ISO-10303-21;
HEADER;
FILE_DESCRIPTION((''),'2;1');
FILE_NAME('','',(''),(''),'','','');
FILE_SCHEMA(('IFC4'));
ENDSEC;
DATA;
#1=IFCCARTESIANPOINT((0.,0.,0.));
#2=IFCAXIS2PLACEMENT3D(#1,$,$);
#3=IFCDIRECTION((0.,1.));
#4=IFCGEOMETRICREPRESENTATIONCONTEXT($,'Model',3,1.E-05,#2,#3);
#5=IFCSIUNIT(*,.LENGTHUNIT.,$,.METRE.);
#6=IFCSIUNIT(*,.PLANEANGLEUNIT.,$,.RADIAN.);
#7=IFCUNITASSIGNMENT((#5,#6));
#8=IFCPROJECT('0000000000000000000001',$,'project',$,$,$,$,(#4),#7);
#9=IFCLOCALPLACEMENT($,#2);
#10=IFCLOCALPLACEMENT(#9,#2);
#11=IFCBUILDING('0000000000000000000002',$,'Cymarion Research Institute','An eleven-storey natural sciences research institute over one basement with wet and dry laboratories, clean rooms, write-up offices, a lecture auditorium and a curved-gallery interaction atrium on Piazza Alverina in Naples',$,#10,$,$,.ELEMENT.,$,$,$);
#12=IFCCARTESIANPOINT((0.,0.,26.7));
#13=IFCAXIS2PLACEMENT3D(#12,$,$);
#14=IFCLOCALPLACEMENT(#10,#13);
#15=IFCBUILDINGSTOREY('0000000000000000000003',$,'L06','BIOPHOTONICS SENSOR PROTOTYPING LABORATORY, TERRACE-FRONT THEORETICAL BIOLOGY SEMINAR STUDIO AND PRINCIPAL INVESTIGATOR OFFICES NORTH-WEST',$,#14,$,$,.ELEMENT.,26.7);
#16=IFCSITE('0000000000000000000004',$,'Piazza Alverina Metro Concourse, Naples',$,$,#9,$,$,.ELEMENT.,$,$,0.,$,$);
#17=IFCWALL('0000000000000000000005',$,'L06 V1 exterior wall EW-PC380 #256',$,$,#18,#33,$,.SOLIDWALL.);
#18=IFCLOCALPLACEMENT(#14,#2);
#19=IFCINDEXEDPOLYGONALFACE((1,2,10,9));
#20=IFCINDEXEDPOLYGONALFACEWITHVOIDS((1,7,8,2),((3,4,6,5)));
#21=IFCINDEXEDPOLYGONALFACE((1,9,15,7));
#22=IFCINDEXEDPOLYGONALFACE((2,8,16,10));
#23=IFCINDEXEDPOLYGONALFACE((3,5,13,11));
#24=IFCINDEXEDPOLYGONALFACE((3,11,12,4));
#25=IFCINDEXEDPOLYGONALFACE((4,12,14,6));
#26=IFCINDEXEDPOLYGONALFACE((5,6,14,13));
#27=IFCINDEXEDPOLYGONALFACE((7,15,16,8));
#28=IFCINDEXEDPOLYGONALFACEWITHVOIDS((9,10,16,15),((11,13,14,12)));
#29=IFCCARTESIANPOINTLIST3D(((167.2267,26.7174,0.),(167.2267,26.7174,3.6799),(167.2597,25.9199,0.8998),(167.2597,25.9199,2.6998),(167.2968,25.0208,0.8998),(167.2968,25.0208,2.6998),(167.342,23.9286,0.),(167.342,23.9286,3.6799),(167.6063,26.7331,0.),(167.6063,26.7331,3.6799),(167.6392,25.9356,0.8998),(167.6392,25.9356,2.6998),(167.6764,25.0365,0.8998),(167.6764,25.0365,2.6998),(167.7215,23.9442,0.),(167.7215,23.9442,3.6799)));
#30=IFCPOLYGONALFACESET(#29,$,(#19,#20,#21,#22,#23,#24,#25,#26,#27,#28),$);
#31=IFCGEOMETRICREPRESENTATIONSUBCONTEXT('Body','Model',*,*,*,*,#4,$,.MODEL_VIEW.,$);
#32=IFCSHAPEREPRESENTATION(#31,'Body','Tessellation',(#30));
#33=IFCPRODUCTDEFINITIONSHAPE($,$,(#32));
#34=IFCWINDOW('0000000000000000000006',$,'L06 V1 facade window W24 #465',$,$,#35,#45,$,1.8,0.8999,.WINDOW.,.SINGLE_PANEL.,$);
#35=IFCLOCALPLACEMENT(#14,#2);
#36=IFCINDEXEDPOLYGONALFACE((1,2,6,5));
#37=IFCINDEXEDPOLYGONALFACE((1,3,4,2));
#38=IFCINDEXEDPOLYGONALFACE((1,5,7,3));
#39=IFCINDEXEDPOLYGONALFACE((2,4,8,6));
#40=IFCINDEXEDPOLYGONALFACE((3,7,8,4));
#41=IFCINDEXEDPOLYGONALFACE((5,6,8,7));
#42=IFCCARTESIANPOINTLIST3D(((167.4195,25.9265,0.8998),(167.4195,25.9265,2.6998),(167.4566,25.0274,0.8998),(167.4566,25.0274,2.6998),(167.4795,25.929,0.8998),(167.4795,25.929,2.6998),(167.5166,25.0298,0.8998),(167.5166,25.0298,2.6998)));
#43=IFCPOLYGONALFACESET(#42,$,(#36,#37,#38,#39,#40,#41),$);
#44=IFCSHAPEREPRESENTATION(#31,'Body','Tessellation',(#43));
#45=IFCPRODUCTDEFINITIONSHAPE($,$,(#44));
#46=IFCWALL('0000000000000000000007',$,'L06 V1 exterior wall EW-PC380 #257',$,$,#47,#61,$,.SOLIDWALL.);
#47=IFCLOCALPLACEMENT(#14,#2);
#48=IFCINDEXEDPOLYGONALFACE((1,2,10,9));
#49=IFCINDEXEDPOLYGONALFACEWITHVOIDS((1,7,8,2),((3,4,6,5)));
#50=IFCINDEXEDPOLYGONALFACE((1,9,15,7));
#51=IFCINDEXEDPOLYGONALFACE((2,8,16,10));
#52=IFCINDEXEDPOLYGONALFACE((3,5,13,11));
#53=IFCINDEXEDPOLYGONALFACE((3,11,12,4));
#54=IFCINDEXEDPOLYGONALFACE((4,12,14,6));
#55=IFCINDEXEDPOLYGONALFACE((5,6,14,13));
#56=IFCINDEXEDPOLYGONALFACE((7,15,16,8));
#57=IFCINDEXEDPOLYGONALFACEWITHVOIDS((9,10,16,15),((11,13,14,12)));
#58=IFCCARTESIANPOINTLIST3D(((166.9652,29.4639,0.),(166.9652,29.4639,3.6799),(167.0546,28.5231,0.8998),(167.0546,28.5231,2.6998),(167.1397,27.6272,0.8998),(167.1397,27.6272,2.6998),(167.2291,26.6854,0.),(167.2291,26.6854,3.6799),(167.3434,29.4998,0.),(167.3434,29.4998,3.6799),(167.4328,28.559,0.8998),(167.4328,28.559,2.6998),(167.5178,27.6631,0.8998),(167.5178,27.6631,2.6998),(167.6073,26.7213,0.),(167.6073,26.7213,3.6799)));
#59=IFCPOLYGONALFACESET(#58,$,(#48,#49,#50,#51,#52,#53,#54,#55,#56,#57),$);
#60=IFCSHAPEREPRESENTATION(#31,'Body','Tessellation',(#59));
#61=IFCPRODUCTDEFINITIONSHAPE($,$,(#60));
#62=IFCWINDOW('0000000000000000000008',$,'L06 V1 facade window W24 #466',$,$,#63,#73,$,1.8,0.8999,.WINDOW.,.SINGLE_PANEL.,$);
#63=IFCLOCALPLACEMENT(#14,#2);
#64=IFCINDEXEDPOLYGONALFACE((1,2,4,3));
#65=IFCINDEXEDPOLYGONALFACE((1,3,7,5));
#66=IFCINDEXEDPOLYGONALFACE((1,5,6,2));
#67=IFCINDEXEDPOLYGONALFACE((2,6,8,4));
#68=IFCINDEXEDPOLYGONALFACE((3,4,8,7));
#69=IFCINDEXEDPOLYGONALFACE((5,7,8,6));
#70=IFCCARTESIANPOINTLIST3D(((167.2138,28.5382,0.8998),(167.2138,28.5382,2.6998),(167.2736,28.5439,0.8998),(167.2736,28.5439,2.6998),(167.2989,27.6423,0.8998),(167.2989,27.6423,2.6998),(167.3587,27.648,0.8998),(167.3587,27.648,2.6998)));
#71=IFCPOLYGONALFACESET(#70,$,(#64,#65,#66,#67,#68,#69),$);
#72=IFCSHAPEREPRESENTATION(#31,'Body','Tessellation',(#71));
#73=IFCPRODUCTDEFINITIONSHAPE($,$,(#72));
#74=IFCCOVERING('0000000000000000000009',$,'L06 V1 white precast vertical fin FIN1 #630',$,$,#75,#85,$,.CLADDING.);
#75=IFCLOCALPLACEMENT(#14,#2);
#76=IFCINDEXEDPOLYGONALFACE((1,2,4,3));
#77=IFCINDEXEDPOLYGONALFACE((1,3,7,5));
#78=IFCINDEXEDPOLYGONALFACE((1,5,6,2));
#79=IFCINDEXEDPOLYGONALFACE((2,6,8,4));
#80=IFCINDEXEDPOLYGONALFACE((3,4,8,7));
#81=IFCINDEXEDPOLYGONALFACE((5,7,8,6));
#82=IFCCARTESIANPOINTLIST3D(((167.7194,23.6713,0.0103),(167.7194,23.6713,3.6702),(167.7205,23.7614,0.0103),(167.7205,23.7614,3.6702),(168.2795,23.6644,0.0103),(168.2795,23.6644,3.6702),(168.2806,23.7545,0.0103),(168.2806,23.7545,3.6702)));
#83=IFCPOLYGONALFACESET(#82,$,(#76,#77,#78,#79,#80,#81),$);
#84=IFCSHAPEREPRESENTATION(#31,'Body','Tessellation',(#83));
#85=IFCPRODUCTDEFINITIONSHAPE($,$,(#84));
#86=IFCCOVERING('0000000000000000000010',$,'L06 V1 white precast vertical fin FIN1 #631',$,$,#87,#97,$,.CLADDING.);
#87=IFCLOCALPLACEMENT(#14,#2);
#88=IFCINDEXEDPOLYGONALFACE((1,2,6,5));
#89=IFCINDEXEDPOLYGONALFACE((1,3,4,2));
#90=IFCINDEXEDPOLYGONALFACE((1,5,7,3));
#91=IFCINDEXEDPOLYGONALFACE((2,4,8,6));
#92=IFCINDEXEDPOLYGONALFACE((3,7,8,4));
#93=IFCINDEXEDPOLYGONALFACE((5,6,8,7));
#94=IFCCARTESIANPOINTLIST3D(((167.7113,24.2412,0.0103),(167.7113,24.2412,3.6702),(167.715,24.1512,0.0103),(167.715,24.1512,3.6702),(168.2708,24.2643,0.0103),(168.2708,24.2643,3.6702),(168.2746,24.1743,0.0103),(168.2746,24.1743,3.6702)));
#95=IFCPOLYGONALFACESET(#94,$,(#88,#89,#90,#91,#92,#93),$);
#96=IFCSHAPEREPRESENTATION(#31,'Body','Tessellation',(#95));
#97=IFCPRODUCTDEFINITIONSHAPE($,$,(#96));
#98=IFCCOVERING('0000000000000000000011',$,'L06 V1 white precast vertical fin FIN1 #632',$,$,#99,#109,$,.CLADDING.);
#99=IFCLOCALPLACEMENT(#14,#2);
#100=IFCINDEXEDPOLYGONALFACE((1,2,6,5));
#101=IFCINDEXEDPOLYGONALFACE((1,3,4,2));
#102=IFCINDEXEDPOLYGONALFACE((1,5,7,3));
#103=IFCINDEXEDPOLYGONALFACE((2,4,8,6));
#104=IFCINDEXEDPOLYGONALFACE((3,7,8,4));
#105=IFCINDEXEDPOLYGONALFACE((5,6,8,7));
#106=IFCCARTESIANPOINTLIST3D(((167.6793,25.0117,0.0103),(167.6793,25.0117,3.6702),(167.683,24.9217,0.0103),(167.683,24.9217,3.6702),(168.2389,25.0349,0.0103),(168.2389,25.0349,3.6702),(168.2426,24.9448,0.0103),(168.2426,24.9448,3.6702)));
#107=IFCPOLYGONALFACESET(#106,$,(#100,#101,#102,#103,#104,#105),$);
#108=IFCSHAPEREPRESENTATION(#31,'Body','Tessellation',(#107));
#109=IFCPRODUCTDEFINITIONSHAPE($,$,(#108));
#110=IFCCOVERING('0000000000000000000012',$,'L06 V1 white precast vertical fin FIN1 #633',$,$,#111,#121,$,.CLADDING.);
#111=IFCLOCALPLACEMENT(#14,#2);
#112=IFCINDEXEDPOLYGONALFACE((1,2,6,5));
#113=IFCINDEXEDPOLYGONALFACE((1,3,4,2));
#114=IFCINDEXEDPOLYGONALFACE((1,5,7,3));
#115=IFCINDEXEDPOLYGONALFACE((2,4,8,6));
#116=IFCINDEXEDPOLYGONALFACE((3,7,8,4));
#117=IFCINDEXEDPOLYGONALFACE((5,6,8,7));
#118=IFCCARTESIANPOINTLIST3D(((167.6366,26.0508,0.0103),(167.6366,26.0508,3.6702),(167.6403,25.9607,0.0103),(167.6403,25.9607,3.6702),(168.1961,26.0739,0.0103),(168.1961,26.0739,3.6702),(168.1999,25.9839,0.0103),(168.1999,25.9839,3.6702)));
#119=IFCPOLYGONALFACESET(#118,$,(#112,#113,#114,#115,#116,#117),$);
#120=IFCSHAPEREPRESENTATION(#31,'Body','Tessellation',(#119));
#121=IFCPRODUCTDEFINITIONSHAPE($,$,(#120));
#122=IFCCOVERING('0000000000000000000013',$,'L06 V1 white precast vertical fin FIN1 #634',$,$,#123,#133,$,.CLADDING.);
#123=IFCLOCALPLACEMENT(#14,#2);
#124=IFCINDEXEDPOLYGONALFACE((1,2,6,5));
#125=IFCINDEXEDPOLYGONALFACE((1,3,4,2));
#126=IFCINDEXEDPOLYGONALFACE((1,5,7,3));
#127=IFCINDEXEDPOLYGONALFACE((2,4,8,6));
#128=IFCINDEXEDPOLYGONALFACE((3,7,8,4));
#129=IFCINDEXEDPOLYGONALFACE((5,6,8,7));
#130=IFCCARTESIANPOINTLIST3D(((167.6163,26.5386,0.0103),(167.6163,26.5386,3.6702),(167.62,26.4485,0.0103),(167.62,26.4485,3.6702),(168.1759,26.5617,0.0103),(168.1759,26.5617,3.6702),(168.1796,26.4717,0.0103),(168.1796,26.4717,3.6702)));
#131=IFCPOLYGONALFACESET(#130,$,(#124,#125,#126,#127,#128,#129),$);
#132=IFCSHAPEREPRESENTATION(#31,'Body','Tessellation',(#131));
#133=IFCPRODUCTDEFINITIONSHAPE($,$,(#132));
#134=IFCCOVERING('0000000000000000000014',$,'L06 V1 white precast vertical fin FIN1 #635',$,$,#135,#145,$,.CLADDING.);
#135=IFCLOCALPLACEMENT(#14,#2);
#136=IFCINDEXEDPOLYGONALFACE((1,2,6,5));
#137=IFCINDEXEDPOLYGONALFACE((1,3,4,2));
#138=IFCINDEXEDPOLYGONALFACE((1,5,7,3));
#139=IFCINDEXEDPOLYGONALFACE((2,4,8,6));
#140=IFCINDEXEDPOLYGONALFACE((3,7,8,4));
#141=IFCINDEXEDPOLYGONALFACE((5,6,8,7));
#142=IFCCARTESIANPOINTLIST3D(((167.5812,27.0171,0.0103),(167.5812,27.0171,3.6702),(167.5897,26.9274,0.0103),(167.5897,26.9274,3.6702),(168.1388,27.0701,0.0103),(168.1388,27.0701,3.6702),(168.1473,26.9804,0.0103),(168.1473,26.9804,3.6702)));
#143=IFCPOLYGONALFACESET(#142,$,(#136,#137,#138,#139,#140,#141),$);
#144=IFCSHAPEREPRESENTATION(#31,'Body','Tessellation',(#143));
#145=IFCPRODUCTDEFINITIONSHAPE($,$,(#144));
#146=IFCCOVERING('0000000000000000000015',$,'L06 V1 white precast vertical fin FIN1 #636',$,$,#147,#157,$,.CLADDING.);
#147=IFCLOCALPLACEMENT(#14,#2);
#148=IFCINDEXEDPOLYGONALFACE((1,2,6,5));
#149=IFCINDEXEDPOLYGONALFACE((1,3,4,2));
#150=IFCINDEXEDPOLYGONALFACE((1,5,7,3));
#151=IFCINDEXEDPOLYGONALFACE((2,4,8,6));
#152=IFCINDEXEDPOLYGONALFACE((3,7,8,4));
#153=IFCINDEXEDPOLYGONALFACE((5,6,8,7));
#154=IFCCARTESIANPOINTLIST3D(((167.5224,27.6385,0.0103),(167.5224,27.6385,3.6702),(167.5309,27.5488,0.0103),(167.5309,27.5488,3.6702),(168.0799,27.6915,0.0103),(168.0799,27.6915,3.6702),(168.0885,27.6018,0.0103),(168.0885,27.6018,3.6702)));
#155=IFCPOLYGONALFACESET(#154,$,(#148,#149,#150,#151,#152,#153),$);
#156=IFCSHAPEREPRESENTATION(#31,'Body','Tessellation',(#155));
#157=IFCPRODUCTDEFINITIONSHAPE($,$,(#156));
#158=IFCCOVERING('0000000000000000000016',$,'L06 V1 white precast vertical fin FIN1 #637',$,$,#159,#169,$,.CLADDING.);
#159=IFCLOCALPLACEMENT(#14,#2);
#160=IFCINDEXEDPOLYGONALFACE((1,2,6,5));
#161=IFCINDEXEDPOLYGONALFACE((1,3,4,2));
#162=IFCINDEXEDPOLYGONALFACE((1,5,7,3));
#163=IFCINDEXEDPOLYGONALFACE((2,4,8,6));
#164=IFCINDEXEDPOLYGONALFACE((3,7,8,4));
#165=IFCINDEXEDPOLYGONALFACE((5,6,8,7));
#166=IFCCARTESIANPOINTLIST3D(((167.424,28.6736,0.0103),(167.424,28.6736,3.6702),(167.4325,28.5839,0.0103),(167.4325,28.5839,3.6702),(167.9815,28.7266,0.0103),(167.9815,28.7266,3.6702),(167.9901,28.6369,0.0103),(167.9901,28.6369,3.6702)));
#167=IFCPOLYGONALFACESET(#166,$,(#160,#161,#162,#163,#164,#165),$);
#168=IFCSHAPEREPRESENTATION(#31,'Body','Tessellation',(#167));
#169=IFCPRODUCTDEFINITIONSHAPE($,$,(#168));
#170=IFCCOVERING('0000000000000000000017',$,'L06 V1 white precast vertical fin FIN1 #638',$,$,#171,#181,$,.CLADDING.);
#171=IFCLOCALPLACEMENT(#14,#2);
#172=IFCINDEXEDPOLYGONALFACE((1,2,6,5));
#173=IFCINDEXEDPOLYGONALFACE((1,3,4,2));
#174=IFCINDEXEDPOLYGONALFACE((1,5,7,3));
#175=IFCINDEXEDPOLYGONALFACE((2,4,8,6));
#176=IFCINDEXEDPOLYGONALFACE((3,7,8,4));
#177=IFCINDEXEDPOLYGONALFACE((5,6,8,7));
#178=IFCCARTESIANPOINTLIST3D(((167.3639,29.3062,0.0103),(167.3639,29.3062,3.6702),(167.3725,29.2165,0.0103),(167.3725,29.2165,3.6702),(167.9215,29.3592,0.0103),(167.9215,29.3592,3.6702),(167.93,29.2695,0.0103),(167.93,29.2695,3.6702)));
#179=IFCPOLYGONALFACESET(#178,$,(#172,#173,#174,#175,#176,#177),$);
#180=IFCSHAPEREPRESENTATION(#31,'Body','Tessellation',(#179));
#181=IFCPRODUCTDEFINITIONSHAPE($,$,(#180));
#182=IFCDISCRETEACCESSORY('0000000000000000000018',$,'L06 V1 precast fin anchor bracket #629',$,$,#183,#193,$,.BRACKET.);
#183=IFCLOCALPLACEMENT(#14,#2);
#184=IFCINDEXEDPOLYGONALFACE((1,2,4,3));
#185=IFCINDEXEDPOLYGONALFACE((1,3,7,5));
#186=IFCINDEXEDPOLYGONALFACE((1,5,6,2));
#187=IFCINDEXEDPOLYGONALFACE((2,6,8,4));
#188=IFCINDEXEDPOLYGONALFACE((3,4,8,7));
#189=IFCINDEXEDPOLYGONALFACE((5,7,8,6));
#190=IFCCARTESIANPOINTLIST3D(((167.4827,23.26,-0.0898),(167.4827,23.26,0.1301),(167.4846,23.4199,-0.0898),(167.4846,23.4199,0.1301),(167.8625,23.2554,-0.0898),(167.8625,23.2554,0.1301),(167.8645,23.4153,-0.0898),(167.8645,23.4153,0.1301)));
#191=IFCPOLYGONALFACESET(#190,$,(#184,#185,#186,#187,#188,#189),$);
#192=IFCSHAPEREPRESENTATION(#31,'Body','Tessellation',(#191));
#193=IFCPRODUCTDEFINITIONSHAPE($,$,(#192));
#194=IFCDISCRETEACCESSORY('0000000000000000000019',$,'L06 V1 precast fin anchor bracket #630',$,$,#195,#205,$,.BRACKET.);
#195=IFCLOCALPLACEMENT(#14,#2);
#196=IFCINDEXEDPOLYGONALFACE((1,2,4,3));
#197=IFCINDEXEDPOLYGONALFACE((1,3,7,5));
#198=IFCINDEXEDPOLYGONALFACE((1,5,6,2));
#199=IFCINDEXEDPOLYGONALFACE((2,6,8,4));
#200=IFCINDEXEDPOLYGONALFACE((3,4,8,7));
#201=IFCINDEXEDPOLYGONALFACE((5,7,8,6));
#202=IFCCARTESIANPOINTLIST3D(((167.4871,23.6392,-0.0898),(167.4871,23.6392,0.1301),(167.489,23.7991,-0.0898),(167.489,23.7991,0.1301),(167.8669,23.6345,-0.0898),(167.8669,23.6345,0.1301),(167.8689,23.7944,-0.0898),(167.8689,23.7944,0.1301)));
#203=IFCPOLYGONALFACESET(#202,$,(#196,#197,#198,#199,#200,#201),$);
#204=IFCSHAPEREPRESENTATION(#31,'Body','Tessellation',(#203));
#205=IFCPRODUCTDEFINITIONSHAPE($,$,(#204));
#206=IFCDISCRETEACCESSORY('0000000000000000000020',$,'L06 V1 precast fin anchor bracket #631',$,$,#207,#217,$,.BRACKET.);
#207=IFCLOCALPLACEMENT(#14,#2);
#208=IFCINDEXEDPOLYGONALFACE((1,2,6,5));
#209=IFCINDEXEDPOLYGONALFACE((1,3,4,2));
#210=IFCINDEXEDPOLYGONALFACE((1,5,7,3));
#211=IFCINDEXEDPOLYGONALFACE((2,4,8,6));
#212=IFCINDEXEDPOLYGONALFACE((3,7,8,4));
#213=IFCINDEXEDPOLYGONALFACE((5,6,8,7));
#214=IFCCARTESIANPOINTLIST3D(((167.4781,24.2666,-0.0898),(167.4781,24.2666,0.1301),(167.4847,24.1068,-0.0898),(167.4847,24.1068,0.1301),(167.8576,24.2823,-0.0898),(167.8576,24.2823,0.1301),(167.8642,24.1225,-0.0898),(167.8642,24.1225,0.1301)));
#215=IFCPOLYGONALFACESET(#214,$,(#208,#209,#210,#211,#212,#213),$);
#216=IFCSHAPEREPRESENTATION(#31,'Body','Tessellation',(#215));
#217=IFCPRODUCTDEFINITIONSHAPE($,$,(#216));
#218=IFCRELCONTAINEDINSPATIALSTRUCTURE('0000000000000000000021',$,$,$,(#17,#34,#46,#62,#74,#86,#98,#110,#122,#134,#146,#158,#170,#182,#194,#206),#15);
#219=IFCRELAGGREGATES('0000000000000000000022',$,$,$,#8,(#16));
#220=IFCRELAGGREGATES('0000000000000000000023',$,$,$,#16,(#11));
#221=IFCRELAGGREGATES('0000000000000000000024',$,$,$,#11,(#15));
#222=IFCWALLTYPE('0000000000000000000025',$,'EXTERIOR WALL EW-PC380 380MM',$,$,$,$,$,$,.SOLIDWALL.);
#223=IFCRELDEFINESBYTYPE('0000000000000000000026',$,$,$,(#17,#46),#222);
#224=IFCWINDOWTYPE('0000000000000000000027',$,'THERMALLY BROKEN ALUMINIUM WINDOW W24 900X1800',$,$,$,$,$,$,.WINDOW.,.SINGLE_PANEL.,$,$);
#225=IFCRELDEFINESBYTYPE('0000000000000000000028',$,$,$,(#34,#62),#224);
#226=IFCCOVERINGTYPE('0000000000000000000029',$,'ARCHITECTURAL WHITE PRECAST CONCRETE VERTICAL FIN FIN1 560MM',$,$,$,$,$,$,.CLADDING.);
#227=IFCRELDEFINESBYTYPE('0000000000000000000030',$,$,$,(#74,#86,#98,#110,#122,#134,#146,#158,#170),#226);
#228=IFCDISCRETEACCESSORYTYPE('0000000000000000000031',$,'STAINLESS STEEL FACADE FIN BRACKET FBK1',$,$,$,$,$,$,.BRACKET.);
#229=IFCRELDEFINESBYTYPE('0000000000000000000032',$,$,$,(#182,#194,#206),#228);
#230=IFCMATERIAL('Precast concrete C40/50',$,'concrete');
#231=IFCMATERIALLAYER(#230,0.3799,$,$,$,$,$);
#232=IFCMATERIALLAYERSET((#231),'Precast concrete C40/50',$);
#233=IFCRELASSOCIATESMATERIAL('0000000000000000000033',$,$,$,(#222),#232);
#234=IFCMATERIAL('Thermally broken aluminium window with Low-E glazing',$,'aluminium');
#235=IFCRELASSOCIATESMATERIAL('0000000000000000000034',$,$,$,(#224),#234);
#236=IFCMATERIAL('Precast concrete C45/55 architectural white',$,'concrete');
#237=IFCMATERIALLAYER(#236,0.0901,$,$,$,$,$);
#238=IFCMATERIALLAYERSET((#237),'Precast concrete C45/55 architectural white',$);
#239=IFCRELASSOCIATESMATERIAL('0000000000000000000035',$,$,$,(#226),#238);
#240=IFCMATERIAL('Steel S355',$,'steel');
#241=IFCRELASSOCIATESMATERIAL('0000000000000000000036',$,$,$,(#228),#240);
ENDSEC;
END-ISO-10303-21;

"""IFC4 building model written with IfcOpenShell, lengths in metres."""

from ifc_helpers import new_model, si_unit, direction, frame, frame_2d, origin, origin_2d, place, context, subcontext, project, spatial, rectangle, extrude, material, layer, layer_set, type_object, element, fill, save


model = new_model("IFC4")

# Units and contexts
model_context = context("Model", 3, precision=1e-05, world=origin(), true_north=direction((0.0, 1.0)))
body_context = subcontext(model_context, "Body", "Model", "MODEL_VIEW")
ifc_project = project(units=[si_unit("LENGTHUNIT", "METRE"), si_unit("PLANEANGLEUNIT", "RADIAN")], contexts=[model_context])

# Site, building, storey
site_placement = place(None, origin())
site = spatial("IfcSite", under=ifc_project, at=site_placement, Name="Piazza Alverina Metro Concourse, Naples", CompositionType="ELEMENT", RefElevation=0.0)
building_placement = place(site_placement, origin())
building = spatial("IfcBuilding", under=site, at=building_placement, Name="Cymarion Research Institute", Description="An eleven-storey natural sciences research institute over one basement with wet and dry laboratories, clean rooms, write-up offices, a lecture auditorium and a curved-gallery interaction atrium on Piazza Alverina in Naples", CompositionType="ELEMENT")
storey_placement = place(building_placement, frame((0.0, 0.0, 26.7)))
storey = spatial("IfcBuildingStorey", under=building, at=storey_placement, Name="L06", Description="BIOPHOTONICS SENSOR PROTOTYPING LABORATORY, TERRACE-FRONT THEORETICAL BIOLOGY SEMINAR STUDIO AND PRINCIPAL INVESTIGATOR OFFICES NORTH-WEST", CompositionType="ELEMENT", Elevation=26.7)

# Walls, openings, windows
ifc_material_1 = material(Name="Precast concrete C40/50", Category="concrete")
ifc_layer_1 = layer(ifc_material_1, 0.3799)
ifc_layer_set_1 = layer_set([ifc_layer_1], Name="Precast concrete C40/50")
wall_type = type_object("IfcWallType", Name="EXTERIOR WALL EW-PC380 380MM", PredefinedType="SOLIDWALL", material=ifc_layer_set_1)
wall_1_placement = place(storey_placement, frame((167.5317, 23.9365, 0.0), z_axis=(0.0, 0.0, 1.0), x_axis=(-0.041285, 0.999147, 0.0)))
wall_1 = element("IfcWall", 1, at=wall_1_placement, inside=storey, type_object=wall_type, Name="L06 V1 exterior wall EW-PC380 #256", PredefinedType="SOLIDWALL", context=body_context, shape_type="SweptSolid", body=[
    extrude(rectangle(XDim=2.7913, YDim=0.3799, at=frame_2d((1.3955, 0.0))), origin(), (0.0, 0.0, 1.0), 3.6799),
])
opening_1_placement = place(wall_1_placement, frame((1.093, 0.0, 0.8999)))
opening_1 = element("IfcOpeningElement", 2, at=opening_1_placement, cuts=wall_1, PredefinedType="OPENING", context=body_context, shape_type="SweptSolid", body=[
    extrude(rectangle(XDim=0.8999, YDim=1.8, at=frame_2d((0.45, 0.8999))), frame((0.0, 0.2, 0.0), z_axis=(0.0, -1.0, 0.0), x_axis=(1.0, 0.0, 0.0)), (0.0, 0.0, 1.0), 0.3999),
])
ifc_material_2 = material(Name="Thermally broken aluminium window with Low-E glazing", Category="aluminium")
window_type = type_object("IfcWindowType", Name="THERMALLY BROKEN ALUMINIUM WINDOW W24 900X1800", PartitioningType="SINGLE_PANEL", PredefinedType="WINDOW", material=ifc_material_2)
window_1_placement = place(opening_1_placement, origin())
window_1 = element("IfcWindow", 3, at=window_1_placement, inside=storey, type_object=window_type, Name="L06 V1 facade window W24 #465", OverallHeight=1.8, OverallWidth=0.8999, PartitioningType="SINGLE_PANEL", PredefinedType="WINDOW", context=body_context, shape_type="SweptSolid", body=[
    extrude(rectangle(XDim=0.8999, YDim=1.8, at=frame_2d((0.45, 0.8999))), frame((0.0, 0.03, 0.0), z_axis=(0.0, -1.0, 0.0), x_axis=(1.0, 0.0, 0.0)), (0.0, 0.0, 1.0), 0.0601),
])
fill(opening_1, window_1)
wall_2_placement = place(storey_placement, frame((167.4182, 26.7034, 0.0), z_axis=(0.0, 0.0, 1.0), x_axis=(-0.094557, 0.995519, 0.0)))
wall_2 = element("IfcWall", 4, at=wall_2_placement, inside=storey, type_object=wall_type, Name="L06 V1 exterior wall EW-PC380 #257", PredefinedType="SOLIDWALL", context=body_context, shape_type="SweptSolid", body=[
    extrude(rectangle(XDim=2.791, YDim=0.3799, at=frame_2d((1.3955, 0.0))), origin(), (0.0, 0.0, 1.0), 3.6799),
])
opening_2_placement = place(wall_2_placement, frame((0.946, 0.0, 0.8999)))
opening_2 = element("IfcOpeningElement", 5, at=opening_2_placement, cuts=wall_2, PredefinedType="OPENING", context=body_context, shape_type="SweptSolid", body=[
    extrude(rectangle(XDim=0.8999, YDim=1.8, at=frame_2d((0.45, 0.8999))), frame((0.0, 0.2, 0.0), z_axis=(0.0, -1.0, 0.0), x_axis=(1.0, 0.0, 0.0)), (0.0, 0.0, 1.0), 0.3999),
])
window_2_placement = place(opening_2_placement, origin())
window_2 = element("IfcWindow", 6, at=window_2_placement, inside=storey, type_object=window_type, Name="L06 V1 facade window W24 #466", OverallHeight=1.8, OverallWidth=0.8999, PartitioningType="SINGLE_PANEL", PredefinedType="WINDOW", context=body_context, shape_type="SweptSolid", body=[
    extrude(rectangle(XDim=0.8999, YDim=1.8, at=frame_2d((0.45, 0.8999))), frame((0.0, 0.03, 0.0), z_axis=(0.0, -1.0, 0.0), x_axis=(1.0, 0.0, 0.0)), (0.0, 0.0, 1.0), 0.0601),
])
fill(opening_2, window_2)

# Coverings
ifc_material_3 = material(Name="Precast concrete C45/55 architectural white", Category="concrete")
ifc_layer_2 = layer(ifc_material_3, 0.0901)
ifc_layer_set_2 = layer_set([ifc_layer_2], Name="Precast concrete C45/55 architectural white")
covering_type = type_object("IfcCoveringType", Name="ARCHITECTURAL WHITE PRECAST CONCRETE VERTICAL FIN FIN1 560MM", PredefinedType="CLADDING", material=ifc_layer_set_2)
for number, where, z_axis, x_axis, name in (
    (7, (168.0, 23.7129, 0.0103), (0.0, 0.0, 1.0), (0.999925, -0.012217, 0.0), "L06 V1 white precast vertical fin FIN1 #630"),
    (8, (167.9929, 24.2078, 0.0103), (0.0, 0.0, 1.0), (0.999145, 0.041353, 0.0), "L06 V1 white precast vertical fin FIN1 #631"),
    (9, (167.9609, 24.9783, 0.0103), (0.0, 0.0, 1.0), (0.999145, 0.041353, 0.0), "L06 V1 white precast vertical fin FIN1 #632"),
    (10, (167.9182, 26.0173, 0.0103), (0.0, 0.0, 1.0), (0.999145, 0.041353, 0.0), "L06 V1 white precast vertical fin FIN1 #633"),
    (11, (167.8979, 26.5051, 0.0103), (0.0, 0.0, 1.0), (0.999145, 0.041353, 0.0), "L06 V1 white precast vertical fin FIN1 #634"),
    (12, (167.8643, 26.9988, 0.0103), (0.0, 0.0, 1.0), (0.995513, 0.09463, 0.0), "L06 V1 white precast vertical fin FIN1 #635"),
    (13, (167.8054, 27.6201, 0.0103), (0.0, 0.0, 1.0), (0.995513, 0.09463, 0.0), "L06 V1 white precast vertical fin FIN1 #636"),
    (14, (167.707, 28.6553, 0.0103), (0.0, 0.0, 1.0), (0.995513, 0.09463, 0.0), "L06 V1 white precast vertical fin FIN1 #637"),
    (15, (167.647, 29.2878, 0.0103), (0.0, 0.0, 1.0), (0.995513, 0.09463, 0.0), "L06 V1 white precast vertical fin FIN1 #638"),
):
    element("IfcCovering", number, at=place(storey_placement, frame(where, z_axis=z_axis, x_axis=x_axis)), inside=storey, type_object=covering_type, Name=name, PredefinedType="CLADDING", context=body_context, shape_type="SweptSolid", body=[
        extrude(rectangle(XDim=0.5601, YDim=0.0901, at=origin_2d()), origin(), (0.0, 0.0, 1.0), 3.6599),
    ])

# Discrete accessories
ifc_material_4 = material(Name="Steel S355", Category="steel")
discrete_accessory_type = type_object("IfcDiscreteAccessoryType", Name="STAINLESS STEEL FACADE FIN BRACKET FBK1", PredefinedType="BRACKET", material=ifc_material_4)
for number, where, z_axis, x_axis, name in (
    (16, (167.6736, 23.3376, -0.0898), (0.0, 0.0, 1.0), (0.999925, -0.012217, 0.0), "L06 V1 precast fin anchor bracket #629"),
    (17, (167.678, 23.7168, -0.0898), (0.0, 0.0, 1.0), (0.999925, -0.012217, 0.0), "L06 V1 precast fin anchor bracket #630"),
    (18, (167.6711, 24.1946, -0.0898), (0.0, 0.0, 1.0), (0.999145, 0.041353, 0.0), "L06 V1 precast fin anchor bracket #631"),
):
    element("IfcDiscreteAccessory", number, at=place(storey_placement, frame(where, z_axis=z_axis, x_axis=x_axis)), inside=storey, type_object=discrete_accessory_type, Name=name, PredefinedType="BRACKET", context=body_context, shape_type="SweptSolid", body=[
        extrude(rectangle(XDim=0.3799, YDim=0.1599, at=origin_2d()), origin(), (0.0, 0.0, 1.0), 0.22),
    ])

save(model, "model.ifc")
